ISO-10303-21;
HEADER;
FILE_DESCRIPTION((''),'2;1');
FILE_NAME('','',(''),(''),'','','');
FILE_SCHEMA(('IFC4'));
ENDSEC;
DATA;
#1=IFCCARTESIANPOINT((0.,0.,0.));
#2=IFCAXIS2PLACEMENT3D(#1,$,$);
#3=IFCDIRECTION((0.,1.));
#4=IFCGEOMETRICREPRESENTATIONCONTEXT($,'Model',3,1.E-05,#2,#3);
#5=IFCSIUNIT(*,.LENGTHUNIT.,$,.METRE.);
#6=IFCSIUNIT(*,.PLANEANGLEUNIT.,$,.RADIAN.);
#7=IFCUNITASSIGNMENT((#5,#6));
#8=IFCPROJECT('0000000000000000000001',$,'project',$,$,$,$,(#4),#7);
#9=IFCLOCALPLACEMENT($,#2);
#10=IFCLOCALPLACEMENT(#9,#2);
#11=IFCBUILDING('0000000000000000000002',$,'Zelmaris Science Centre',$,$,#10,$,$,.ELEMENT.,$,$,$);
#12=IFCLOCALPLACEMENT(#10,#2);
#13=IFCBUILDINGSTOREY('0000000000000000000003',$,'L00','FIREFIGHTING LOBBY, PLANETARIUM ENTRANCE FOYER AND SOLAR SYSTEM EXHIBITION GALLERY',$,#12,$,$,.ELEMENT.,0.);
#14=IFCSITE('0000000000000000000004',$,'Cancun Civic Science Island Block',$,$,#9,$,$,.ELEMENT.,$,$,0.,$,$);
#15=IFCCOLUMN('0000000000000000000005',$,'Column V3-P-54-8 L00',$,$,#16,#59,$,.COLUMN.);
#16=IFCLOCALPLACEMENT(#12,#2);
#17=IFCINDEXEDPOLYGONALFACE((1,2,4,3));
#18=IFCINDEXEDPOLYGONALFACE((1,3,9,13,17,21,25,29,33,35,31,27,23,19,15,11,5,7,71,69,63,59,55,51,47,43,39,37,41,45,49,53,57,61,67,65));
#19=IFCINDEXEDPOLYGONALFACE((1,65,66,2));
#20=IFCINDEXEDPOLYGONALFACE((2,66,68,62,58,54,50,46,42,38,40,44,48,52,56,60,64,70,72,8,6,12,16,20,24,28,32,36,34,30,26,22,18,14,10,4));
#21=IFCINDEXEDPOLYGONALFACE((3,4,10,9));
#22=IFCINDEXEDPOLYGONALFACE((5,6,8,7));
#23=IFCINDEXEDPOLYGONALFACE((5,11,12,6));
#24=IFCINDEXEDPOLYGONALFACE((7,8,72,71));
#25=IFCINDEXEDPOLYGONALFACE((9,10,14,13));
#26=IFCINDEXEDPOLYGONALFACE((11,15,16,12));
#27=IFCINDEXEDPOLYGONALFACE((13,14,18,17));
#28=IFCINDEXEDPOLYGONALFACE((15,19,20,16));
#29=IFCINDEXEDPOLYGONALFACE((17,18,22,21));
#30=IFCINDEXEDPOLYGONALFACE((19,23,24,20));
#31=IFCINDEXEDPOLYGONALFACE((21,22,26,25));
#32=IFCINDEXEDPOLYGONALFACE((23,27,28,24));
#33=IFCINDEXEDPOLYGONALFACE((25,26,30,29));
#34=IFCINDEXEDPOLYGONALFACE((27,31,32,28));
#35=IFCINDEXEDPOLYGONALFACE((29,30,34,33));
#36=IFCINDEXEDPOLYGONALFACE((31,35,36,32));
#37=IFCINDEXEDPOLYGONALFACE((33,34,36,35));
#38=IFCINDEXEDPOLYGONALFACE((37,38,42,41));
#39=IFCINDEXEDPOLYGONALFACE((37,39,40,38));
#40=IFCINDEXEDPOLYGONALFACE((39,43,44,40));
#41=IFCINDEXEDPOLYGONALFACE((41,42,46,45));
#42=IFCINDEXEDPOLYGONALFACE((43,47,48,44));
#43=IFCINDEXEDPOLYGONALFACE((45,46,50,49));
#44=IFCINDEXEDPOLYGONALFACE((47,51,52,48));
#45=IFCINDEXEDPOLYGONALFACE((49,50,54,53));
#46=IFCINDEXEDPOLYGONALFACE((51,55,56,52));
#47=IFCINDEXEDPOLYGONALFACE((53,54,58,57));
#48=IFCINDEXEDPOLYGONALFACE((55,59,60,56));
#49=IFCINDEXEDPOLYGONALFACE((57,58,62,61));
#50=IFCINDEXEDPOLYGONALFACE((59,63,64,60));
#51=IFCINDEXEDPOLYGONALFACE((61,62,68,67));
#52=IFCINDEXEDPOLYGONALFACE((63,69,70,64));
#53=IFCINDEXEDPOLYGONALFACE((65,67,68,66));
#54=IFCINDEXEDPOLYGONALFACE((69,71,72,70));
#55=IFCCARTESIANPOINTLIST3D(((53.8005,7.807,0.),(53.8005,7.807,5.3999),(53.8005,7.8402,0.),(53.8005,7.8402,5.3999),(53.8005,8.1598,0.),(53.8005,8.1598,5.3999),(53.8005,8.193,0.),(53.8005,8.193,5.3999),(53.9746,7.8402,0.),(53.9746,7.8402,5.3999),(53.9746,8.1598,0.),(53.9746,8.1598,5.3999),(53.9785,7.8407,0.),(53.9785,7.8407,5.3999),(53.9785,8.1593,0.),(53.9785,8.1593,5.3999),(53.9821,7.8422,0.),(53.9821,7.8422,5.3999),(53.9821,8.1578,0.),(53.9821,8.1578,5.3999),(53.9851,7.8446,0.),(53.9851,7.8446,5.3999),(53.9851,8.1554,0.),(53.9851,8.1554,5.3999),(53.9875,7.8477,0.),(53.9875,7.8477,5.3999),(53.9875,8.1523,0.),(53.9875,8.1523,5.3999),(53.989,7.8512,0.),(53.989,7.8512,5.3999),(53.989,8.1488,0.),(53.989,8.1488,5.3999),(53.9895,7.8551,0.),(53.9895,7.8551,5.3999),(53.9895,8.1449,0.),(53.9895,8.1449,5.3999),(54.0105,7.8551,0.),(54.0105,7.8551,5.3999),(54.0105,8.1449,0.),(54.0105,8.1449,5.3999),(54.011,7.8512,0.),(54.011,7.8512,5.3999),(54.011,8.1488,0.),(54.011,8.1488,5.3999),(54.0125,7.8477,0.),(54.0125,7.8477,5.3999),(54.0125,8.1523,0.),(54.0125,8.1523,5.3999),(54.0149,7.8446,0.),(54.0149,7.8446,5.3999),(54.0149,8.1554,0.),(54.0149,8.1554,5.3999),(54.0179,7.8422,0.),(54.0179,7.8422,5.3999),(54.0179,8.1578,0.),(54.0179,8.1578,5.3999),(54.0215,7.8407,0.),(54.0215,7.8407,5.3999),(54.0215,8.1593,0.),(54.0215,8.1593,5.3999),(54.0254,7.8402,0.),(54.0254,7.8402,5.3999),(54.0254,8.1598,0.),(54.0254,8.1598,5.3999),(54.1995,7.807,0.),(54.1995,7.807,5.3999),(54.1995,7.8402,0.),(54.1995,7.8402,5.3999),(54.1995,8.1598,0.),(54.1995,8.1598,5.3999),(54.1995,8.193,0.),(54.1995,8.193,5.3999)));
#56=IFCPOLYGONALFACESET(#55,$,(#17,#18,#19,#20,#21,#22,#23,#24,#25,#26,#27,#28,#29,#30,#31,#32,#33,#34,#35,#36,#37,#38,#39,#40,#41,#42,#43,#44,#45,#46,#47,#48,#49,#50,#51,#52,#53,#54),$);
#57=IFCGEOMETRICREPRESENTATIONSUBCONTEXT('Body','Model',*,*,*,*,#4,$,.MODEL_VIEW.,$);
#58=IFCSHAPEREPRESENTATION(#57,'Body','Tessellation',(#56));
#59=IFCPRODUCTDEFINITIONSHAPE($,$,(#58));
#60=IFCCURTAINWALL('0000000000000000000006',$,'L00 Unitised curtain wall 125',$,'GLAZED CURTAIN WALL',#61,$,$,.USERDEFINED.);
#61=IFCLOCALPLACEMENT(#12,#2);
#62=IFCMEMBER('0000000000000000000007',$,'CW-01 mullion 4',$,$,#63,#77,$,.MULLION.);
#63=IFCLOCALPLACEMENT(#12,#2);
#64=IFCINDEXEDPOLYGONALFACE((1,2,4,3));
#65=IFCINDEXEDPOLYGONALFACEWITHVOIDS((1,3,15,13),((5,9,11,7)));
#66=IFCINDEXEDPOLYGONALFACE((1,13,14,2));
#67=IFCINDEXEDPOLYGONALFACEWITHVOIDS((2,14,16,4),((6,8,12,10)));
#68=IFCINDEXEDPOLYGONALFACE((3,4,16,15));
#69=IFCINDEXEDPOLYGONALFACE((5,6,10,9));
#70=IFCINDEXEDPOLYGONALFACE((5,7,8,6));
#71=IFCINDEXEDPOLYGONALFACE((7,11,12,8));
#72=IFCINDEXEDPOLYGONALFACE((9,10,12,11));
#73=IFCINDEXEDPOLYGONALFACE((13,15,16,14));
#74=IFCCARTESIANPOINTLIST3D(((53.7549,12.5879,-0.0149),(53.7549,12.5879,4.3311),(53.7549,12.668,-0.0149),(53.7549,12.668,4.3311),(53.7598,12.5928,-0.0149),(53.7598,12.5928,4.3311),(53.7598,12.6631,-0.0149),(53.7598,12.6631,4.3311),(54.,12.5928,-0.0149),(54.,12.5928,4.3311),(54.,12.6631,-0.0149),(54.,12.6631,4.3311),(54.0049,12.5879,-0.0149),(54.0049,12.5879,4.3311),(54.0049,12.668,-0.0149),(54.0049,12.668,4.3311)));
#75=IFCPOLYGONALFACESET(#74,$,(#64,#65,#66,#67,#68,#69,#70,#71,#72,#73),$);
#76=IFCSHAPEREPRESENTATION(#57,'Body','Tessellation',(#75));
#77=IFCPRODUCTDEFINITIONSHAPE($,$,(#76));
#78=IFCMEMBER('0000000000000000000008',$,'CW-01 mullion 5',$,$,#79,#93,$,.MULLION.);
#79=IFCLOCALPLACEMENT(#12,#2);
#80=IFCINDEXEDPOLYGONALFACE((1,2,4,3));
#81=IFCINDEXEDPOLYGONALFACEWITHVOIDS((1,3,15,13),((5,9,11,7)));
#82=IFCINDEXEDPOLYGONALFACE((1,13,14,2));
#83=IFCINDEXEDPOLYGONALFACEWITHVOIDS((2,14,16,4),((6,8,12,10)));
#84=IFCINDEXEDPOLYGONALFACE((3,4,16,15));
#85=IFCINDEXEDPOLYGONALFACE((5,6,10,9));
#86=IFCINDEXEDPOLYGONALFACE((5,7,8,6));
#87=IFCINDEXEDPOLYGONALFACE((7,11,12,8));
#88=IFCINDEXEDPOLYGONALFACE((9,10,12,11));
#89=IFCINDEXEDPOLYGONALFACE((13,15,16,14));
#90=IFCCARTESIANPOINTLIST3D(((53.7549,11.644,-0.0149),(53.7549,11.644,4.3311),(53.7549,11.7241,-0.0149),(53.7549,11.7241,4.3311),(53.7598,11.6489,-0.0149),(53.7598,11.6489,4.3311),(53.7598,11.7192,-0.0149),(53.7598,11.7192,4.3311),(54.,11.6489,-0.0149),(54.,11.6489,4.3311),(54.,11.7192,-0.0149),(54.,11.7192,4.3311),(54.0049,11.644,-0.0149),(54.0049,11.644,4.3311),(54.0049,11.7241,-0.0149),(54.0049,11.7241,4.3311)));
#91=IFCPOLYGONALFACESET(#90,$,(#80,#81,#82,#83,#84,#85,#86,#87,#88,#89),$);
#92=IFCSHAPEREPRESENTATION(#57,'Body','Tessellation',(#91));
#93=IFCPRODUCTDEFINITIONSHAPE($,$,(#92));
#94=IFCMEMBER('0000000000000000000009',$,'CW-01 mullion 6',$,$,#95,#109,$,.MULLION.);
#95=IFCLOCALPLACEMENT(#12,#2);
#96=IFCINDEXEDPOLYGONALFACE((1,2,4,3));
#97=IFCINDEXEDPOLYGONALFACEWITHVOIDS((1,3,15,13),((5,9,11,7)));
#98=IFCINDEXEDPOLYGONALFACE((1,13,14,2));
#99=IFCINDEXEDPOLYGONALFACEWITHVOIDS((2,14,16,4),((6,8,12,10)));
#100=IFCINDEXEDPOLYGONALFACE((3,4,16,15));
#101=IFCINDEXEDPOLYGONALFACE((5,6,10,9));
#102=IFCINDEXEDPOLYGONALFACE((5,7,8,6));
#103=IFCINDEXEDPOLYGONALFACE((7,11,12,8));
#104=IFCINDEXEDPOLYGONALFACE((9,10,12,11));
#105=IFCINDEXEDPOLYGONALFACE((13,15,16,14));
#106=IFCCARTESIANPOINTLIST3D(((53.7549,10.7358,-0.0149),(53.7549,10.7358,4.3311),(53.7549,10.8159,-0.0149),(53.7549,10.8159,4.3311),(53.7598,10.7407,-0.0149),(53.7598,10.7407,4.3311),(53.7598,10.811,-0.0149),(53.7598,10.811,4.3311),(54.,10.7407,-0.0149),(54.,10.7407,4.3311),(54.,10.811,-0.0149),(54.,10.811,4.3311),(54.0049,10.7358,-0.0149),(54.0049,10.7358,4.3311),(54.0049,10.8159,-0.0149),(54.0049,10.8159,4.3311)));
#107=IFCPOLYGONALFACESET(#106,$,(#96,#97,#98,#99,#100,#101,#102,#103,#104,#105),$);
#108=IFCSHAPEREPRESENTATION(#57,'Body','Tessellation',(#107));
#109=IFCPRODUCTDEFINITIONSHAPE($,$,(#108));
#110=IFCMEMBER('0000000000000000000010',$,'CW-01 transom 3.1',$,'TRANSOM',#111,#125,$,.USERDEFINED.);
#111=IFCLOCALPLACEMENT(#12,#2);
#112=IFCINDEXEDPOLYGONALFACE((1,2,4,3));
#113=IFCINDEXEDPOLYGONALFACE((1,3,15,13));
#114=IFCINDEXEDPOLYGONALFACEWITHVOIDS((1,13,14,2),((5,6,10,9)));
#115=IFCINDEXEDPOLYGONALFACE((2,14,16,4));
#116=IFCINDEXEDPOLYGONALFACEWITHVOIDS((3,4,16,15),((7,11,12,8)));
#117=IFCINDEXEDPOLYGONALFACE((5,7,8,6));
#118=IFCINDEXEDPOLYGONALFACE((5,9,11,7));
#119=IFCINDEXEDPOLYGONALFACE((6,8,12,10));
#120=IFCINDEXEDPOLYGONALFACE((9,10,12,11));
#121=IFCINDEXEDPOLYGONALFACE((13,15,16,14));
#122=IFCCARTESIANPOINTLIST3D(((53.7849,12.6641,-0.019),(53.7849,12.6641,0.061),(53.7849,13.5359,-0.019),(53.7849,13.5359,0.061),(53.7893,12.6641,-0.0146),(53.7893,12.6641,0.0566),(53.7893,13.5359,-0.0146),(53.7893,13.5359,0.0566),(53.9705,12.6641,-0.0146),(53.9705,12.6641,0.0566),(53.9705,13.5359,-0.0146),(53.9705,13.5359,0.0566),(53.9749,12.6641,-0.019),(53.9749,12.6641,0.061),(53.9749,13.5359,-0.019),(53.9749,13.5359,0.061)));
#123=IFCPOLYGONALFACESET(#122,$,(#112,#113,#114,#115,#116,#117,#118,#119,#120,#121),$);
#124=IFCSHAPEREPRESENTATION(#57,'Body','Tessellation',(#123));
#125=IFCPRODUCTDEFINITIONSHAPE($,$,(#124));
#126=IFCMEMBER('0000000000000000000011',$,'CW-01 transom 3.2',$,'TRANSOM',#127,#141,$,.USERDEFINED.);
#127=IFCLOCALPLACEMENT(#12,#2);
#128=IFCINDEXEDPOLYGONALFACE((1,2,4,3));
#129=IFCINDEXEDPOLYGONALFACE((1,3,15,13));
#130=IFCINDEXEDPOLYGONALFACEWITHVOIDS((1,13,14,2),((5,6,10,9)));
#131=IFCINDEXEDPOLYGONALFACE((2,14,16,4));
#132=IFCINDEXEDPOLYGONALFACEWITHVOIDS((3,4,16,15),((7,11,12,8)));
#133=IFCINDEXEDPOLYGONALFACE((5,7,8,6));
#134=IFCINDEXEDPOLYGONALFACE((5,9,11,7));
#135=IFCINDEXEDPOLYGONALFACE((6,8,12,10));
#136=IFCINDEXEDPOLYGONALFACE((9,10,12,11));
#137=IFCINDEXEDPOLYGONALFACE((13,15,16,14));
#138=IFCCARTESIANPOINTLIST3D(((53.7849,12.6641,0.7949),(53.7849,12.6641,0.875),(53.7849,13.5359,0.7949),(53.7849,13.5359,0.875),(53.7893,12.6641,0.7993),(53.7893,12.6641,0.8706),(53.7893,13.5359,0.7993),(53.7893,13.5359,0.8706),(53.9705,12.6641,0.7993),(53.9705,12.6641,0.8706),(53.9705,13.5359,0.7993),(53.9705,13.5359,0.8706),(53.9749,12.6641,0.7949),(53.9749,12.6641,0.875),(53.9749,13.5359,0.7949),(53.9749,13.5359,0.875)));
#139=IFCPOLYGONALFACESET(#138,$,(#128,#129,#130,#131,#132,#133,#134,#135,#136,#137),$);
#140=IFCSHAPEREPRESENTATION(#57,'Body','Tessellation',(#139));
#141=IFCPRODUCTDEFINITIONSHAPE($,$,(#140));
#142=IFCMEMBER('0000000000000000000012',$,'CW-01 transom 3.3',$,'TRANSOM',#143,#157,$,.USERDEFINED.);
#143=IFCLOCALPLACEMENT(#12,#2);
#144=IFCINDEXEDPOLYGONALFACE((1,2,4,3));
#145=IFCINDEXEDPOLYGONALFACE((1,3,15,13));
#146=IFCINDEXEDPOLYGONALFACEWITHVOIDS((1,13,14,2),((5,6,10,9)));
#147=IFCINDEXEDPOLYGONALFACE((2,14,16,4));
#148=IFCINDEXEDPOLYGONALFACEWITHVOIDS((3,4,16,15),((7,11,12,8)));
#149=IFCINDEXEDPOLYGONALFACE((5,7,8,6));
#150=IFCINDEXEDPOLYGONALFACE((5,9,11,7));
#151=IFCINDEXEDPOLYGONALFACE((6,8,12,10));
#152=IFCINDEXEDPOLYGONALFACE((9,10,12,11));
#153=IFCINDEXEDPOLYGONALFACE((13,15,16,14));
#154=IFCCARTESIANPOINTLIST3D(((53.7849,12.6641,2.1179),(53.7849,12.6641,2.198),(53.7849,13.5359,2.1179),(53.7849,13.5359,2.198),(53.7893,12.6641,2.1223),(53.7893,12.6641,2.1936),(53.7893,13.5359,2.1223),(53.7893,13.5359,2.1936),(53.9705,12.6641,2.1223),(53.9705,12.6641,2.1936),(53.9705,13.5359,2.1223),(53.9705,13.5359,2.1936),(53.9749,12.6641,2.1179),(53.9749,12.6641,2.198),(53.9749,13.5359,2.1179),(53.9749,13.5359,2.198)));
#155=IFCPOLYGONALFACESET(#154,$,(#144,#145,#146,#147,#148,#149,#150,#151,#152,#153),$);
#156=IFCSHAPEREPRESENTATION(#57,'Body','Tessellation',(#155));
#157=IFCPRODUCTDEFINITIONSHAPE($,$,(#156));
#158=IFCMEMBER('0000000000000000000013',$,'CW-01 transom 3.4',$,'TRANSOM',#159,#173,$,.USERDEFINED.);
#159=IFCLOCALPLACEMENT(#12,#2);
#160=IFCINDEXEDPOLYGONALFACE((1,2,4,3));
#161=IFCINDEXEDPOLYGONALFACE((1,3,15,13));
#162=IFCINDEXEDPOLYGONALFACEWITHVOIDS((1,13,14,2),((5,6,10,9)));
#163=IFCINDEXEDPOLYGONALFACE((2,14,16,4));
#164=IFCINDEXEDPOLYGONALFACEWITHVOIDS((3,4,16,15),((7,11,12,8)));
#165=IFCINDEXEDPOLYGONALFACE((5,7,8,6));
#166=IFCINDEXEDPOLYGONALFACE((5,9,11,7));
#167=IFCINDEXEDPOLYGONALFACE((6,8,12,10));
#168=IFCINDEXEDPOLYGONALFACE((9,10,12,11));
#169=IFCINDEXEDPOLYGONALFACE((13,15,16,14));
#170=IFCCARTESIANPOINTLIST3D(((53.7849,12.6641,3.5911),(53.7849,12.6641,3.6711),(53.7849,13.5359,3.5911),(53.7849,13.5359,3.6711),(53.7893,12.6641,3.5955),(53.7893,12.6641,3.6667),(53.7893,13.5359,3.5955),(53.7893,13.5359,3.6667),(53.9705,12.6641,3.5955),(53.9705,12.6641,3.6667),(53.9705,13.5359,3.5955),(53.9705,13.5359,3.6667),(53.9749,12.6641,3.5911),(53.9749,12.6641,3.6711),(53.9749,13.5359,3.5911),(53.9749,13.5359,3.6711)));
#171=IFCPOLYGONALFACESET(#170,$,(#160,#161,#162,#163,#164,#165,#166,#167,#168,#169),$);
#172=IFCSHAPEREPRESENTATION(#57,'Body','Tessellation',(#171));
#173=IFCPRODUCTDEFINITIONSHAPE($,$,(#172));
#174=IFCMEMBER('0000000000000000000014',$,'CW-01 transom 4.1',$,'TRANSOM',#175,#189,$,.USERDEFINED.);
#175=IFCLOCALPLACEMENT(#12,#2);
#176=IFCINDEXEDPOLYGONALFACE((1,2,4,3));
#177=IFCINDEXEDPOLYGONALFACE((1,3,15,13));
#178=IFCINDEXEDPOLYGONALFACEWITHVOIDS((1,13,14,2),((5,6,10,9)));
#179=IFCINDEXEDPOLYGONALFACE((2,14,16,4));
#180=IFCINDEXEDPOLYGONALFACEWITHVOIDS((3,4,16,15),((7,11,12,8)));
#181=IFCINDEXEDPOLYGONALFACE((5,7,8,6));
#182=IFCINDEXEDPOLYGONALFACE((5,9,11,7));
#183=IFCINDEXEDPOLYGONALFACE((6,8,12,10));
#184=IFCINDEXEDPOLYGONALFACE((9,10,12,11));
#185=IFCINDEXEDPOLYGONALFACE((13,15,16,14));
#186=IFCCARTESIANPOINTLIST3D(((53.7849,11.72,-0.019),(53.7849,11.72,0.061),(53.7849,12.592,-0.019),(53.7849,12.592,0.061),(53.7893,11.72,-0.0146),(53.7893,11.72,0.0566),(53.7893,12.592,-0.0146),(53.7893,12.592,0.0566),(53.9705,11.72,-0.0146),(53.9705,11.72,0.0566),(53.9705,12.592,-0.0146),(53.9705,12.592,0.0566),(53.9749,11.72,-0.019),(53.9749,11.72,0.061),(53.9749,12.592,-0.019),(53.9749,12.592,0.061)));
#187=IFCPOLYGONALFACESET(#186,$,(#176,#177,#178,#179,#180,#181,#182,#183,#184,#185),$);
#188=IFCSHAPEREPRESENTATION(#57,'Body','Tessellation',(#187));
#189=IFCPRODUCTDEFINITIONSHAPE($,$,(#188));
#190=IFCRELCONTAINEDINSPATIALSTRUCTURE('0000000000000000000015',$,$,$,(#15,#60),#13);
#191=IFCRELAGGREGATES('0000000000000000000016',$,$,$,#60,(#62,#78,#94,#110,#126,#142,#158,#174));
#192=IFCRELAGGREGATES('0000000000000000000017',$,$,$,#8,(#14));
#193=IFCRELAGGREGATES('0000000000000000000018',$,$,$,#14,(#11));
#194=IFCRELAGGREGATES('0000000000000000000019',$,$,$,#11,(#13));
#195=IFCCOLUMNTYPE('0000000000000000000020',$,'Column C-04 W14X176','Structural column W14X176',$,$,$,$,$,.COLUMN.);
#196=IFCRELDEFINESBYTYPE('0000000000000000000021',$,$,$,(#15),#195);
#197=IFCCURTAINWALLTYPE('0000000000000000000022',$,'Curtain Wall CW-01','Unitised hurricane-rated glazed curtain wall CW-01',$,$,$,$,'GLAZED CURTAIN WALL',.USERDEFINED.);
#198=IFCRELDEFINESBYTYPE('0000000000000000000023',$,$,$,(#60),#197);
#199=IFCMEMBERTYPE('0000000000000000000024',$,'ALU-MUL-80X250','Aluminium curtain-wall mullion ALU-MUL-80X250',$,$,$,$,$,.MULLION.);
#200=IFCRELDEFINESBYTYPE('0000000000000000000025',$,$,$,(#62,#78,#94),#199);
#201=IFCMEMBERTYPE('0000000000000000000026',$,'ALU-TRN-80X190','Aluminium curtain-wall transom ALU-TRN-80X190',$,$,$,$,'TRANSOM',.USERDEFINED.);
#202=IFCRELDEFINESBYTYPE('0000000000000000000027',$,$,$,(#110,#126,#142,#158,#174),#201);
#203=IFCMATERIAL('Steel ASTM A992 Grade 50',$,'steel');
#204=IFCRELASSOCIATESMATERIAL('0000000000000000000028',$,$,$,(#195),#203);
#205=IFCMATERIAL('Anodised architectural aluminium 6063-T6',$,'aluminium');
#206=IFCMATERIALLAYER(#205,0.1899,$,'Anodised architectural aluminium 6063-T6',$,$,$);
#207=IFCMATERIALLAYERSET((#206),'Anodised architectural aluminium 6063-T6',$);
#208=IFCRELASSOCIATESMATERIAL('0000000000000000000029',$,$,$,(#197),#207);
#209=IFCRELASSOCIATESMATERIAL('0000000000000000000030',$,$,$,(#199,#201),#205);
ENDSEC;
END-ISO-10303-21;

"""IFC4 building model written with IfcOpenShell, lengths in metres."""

from ifc_helpers import new_model, si_unit, direction, frame, origin, origin_2d, place, context, subcontext, project, spatial, hollow_rectangle, i_section, extrude, material, layer, layer_set, material_profile, profile_set, type_object, element, aggregate, save


model = new_model("IFC4")

# Units and contexts
model_context = context("Model", 3, precision=1e-05, world=origin(), true_north=direction((0.0, 1.0)))
body_context = subcontext(model_context, "Body", "Model", "MODEL_VIEW")
ifc_project = project(units=[si_unit("LENGTHUNIT", "METRE"), si_unit("PLANEANGLEUNIT", "RADIAN")], contexts=[model_context])

# Site, building, storey
site_placement = place(None, origin())
site = spatial("IfcSite", under=ifc_project, at=site_placement, Name="Cancun Civic Science Island Block", CompositionType="ELEMENT", RefElevation=0.0)
building_placement = place(site_placement, origin())
building = spatial("IfcBuilding", under=site, at=building_placement, Name="Zelmaris Science Centre", CompositionType="ELEMENT")
storey_placement = place(building_placement, origin())
storey = spatial("IfcBuildingStorey", under=building, at=storey_placement, Name="L00", Description="FIREFIGHTING LOBBY, PLANETARIUM ENTRANCE FOYER AND SOLAR SYSTEM EXHIBITION GALLERY", CompositionType="ELEMENT", Elevation=0.0)

# Column
ifc_material_1 = material(Name="Steel ASTM A992 Grade 50", Category="steel")
ifc_material_profile_1 = material_profile(ifc_material_1, i_section(OverallWidth=0.3989, OverallDepth=0.386, WebThickness=0.021, FlangeThickness=0.0332, FilletRadius=0.0149, at=origin_2d()), Name="W14X176")
ifc_profile_set_1 = profile_set([ifc_material_profile_1], Name="Steel ASTM A992 Grade 50")
column_type = type_object("IfcColumnType", Name="Column C-04 W14X176", Description="Structural column W14X176", PredefinedType="COLUMN", material=ifc_profile_set_1)
column_placement = place(storey_placement, frame((54.0, 8.0, 0.0), z_axis=(0.0, 0.0, 1.0), x_axis=(1.0, 0.0, 0.0)))
element("IfcColumn", 1, at=column_placement, inside=storey, type_object=column_type, Name="Column V3-P-54-8 L00", PredefinedType="COLUMN", context=body_context, shape_type="SweptSolid", body=[
    extrude(i_section(OverallWidth=0.3989, OverallDepth=0.386, WebThickness=0.021, FlangeThickness=0.0332, FilletRadius=0.0149, at=origin_2d()), origin(), (0.0, 0.0, 1.0), 5.3999),
])

# Curtain wall, members
ifc_material_2 = material(Name="Anodised architectural aluminium 6063-T6", Category="aluminium")
ifc_layer_1 = layer(ifc_material_2, 0.1899, Name="Anodised architectural aluminium 6063-T6")
ifc_layer_set_1 = layer_set([ifc_layer_1], Name="Anodised architectural aluminium 6063-T6")
curtain_wall_type = type_object("IfcCurtainWallType", Name="Curtain Wall CW-01", Description="Unitised hurricane-rated glazed curtain wall CW-01", ElementType="GLAZED CURTAIN WALL", PredefinedType="USERDEFINED", material=ifc_layer_set_1)
curtain_wall_placement = place(storey_placement, origin())
curtain_wall = element("IfcCurtainWall", 2, at=curtain_wall_placement, inside=storey, type_object=curtain_wall_type, Name="L00 Unitised curtain wall 125", ObjectType="GLAZED CURTAIN WALL", PredefinedType="USERDEFINED")
ifc_material_profile_2 = material_profile(ifc_material_2, hollow_rectangle(XDim=0.0801, YDim=0.25, WallThickness=0.0049, at=origin_2d()), Name="ALU-MUL-80X250")
ifc_profile_set_2 = profile_set([ifc_material_profile_2], Name="Anodised architectural aluminium 6063-T6")
member_type_1 = type_object("IfcMemberType", Name="ALU-MUL-80X250", Description="Aluminium curtain-wall mullion ALU-MUL-80X250", PredefinedType="MULLION", material=ifc_profile_set_2)
member_1_placement = place(storey_placement, frame((53.8799, 12.6279, -0.0149), z_axis=(0.0, 0.0, 1.0), x_axis=(-0.000005, -1.0, 0.0)))
member_1 = element("IfcMember", 3, at=member_1_placement, type_object=member_type_1, Name="CW-01 mullion 4", PredefinedType="MULLION", context=body_context, shape_type="SweptSolid", body=[
    extrude(hollow_rectangle(XDim=0.0801, YDim=0.25, WallThickness=0.0049, at=origin_2d()), origin(), (0.0, 0.0, 1.0), 4.3459),
])
member_2_placement = place(storey_placement, frame((53.8799, 11.6841, -0.0149), z_axis=(0.0, 0.0, 1.0), x_axis=(-0.000005, -1.0, 0.0)))
member_2 = element("IfcMember", 4, at=member_2_placement, type_object=member_type_1, Name="CW-01 mullion 5", PredefinedType="MULLION", context=body_context, shape_type="SweptSolid", body=[
    extrude(hollow_rectangle(XDim=0.0801, YDim=0.25, WallThickness=0.0049, at=origin_2d()), origin(), (0.0, 0.0, 1.0), 4.3459),
])
member_3_placement = place(storey_placement, frame((53.8799, 10.7759, -0.0149), z_axis=(0.0, 0.0, 1.0), x_axis=(-0.000005, -1.0, 0.0)))
member_3 = element("IfcMember", 5, at=member_3_placement, type_object=member_type_1, Name="CW-01 mullion 6", PredefinedType="MULLION", context=body_context, shape_type="SweptSolid", body=[
    extrude(hollow_rectangle(XDim=0.0801, YDim=0.25, WallThickness=0.0049, at=origin_2d()), origin(), (0.0, 0.0, 1.0), 4.3459),
])
ifc_material_profile_3 = material_profile(ifc_material_2, hollow_rectangle(XDim=0.0801, YDim=0.1899, WallThickness=0.0044, at=origin_2d()), Name="ALU-TRN-80X190")
ifc_profile_set_3 = profile_set([ifc_material_profile_3], Name="Anodised architectural aluminium 6063-T6")
member_type_2 = type_object("IfcMemberType", Name="ALU-TRN-80X190", Description="Aluminium curtain-wall transom ALU-TRN-80X190", ElementType="TRANSOM", PredefinedType="USERDEFINED", material=ifc_profile_set_3)
member_4_placement = place(storey_placement, frame((53.8799, 13.5359, 0.021), z_axis=(0.0, -1.0, 0.0), x_axis=(0.0, 0.0, 1.0)))
member_4 = element("IfcMember", 6, at=member_4_placement, type_object=member_type_2, Name="CW-01 transom 3.1", ObjectType="TRANSOM", PredefinedType="USERDEFINED", context=body_context, shape_type="SweptSolid", body=[
    extrude(hollow_rectangle(XDim=0.0801, YDim=0.1899, WallThickness=0.0044, at=origin_2d()), origin(), (0.0, 0.0, 1.0), 0.8718),
])
member_5_placement = place(storey_placement, frame((53.8799, 13.5359, 0.835), z_axis=(0.0, -1.0, 0.0), x_axis=(0.0, 0.0, 1.0)))
member_5 = element("IfcMember", 7, at=member_5_placement, type_object=member_type_2, Name="CW-01 transom 3.2", ObjectType="TRANSOM", PredefinedType="USERDEFINED", context=body_context, shape_type="SweptSolid", body=[
    extrude(hollow_rectangle(XDim=0.0801, YDim=0.1899, WallThickness=0.0044, at=origin_2d()), origin(), (0.0, 0.0, 1.0), 0.8718),
])
member_6_placement = place(storey_placement, frame((53.8799, 13.5359, 2.158), z_axis=(0.0, -1.0, 0.0), x_axis=(0.0, 0.0, 1.0)))
member_6 = element("IfcMember", 8, at=member_6_placement, type_object=member_type_2, Name="CW-01 transom 3.3", ObjectType="TRANSOM", PredefinedType="USERDEFINED", context=body_context, shape_type="SweptSolid", body=[
    extrude(hollow_rectangle(XDim=0.0801, YDim=0.1899, WallThickness=0.0044, at=origin_2d()), origin(), (0.0, 0.0, 1.0), 0.8718),
])
member_7_placement = place(storey_placement, frame((53.8799, 13.5359, 3.6311), z_axis=(0.0, -1.0, 0.0), x_axis=(0.0, 0.0, 1.0)))
member_7 = element("IfcMember", 9, at=member_7_placement, type_object=member_type_2, Name="CW-01 transom 3.4", ObjectType="TRANSOM", PredefinedType="USERDEFINED", context=body_context, shape_type="SweptSolid", body=[
    extrude(hollow_rectangle(XDim=0.0801, YDim=0.1899, WallThickness=0.0044, at=origin_2d()), origin(), (0.0, 0.0, 1.0), 0.8718),
])
member_8_placement = place(storey_placement, frame((53.8799, 12.592, 0.021), z_axis=(0.0, -1.0, 0.0), x_axis=(0.0, 0.0, 1.0)))
member_8 = element("IfcMember", 10, at=member_8_placement, type_object=member_type_2, Name="CW-01 transom 4.1", ObjectType="TRANSOM", PredefinedType="USERDEFINED", context=body_context, shape_type="SweptSolid", body=[
    extrude(hollow_rectangle(XDim=0.0801, YDim=0.1899, WallThickness=0.0044, at=origin_2d()), origin(), (0.0, 0.0, 1.0), 0.8721),
])

aggregate(curtain_wall, [member_1, member_2, member_3, member_4, member_5, member_6, member_7, member_8])

save(model, "model.ifc")
